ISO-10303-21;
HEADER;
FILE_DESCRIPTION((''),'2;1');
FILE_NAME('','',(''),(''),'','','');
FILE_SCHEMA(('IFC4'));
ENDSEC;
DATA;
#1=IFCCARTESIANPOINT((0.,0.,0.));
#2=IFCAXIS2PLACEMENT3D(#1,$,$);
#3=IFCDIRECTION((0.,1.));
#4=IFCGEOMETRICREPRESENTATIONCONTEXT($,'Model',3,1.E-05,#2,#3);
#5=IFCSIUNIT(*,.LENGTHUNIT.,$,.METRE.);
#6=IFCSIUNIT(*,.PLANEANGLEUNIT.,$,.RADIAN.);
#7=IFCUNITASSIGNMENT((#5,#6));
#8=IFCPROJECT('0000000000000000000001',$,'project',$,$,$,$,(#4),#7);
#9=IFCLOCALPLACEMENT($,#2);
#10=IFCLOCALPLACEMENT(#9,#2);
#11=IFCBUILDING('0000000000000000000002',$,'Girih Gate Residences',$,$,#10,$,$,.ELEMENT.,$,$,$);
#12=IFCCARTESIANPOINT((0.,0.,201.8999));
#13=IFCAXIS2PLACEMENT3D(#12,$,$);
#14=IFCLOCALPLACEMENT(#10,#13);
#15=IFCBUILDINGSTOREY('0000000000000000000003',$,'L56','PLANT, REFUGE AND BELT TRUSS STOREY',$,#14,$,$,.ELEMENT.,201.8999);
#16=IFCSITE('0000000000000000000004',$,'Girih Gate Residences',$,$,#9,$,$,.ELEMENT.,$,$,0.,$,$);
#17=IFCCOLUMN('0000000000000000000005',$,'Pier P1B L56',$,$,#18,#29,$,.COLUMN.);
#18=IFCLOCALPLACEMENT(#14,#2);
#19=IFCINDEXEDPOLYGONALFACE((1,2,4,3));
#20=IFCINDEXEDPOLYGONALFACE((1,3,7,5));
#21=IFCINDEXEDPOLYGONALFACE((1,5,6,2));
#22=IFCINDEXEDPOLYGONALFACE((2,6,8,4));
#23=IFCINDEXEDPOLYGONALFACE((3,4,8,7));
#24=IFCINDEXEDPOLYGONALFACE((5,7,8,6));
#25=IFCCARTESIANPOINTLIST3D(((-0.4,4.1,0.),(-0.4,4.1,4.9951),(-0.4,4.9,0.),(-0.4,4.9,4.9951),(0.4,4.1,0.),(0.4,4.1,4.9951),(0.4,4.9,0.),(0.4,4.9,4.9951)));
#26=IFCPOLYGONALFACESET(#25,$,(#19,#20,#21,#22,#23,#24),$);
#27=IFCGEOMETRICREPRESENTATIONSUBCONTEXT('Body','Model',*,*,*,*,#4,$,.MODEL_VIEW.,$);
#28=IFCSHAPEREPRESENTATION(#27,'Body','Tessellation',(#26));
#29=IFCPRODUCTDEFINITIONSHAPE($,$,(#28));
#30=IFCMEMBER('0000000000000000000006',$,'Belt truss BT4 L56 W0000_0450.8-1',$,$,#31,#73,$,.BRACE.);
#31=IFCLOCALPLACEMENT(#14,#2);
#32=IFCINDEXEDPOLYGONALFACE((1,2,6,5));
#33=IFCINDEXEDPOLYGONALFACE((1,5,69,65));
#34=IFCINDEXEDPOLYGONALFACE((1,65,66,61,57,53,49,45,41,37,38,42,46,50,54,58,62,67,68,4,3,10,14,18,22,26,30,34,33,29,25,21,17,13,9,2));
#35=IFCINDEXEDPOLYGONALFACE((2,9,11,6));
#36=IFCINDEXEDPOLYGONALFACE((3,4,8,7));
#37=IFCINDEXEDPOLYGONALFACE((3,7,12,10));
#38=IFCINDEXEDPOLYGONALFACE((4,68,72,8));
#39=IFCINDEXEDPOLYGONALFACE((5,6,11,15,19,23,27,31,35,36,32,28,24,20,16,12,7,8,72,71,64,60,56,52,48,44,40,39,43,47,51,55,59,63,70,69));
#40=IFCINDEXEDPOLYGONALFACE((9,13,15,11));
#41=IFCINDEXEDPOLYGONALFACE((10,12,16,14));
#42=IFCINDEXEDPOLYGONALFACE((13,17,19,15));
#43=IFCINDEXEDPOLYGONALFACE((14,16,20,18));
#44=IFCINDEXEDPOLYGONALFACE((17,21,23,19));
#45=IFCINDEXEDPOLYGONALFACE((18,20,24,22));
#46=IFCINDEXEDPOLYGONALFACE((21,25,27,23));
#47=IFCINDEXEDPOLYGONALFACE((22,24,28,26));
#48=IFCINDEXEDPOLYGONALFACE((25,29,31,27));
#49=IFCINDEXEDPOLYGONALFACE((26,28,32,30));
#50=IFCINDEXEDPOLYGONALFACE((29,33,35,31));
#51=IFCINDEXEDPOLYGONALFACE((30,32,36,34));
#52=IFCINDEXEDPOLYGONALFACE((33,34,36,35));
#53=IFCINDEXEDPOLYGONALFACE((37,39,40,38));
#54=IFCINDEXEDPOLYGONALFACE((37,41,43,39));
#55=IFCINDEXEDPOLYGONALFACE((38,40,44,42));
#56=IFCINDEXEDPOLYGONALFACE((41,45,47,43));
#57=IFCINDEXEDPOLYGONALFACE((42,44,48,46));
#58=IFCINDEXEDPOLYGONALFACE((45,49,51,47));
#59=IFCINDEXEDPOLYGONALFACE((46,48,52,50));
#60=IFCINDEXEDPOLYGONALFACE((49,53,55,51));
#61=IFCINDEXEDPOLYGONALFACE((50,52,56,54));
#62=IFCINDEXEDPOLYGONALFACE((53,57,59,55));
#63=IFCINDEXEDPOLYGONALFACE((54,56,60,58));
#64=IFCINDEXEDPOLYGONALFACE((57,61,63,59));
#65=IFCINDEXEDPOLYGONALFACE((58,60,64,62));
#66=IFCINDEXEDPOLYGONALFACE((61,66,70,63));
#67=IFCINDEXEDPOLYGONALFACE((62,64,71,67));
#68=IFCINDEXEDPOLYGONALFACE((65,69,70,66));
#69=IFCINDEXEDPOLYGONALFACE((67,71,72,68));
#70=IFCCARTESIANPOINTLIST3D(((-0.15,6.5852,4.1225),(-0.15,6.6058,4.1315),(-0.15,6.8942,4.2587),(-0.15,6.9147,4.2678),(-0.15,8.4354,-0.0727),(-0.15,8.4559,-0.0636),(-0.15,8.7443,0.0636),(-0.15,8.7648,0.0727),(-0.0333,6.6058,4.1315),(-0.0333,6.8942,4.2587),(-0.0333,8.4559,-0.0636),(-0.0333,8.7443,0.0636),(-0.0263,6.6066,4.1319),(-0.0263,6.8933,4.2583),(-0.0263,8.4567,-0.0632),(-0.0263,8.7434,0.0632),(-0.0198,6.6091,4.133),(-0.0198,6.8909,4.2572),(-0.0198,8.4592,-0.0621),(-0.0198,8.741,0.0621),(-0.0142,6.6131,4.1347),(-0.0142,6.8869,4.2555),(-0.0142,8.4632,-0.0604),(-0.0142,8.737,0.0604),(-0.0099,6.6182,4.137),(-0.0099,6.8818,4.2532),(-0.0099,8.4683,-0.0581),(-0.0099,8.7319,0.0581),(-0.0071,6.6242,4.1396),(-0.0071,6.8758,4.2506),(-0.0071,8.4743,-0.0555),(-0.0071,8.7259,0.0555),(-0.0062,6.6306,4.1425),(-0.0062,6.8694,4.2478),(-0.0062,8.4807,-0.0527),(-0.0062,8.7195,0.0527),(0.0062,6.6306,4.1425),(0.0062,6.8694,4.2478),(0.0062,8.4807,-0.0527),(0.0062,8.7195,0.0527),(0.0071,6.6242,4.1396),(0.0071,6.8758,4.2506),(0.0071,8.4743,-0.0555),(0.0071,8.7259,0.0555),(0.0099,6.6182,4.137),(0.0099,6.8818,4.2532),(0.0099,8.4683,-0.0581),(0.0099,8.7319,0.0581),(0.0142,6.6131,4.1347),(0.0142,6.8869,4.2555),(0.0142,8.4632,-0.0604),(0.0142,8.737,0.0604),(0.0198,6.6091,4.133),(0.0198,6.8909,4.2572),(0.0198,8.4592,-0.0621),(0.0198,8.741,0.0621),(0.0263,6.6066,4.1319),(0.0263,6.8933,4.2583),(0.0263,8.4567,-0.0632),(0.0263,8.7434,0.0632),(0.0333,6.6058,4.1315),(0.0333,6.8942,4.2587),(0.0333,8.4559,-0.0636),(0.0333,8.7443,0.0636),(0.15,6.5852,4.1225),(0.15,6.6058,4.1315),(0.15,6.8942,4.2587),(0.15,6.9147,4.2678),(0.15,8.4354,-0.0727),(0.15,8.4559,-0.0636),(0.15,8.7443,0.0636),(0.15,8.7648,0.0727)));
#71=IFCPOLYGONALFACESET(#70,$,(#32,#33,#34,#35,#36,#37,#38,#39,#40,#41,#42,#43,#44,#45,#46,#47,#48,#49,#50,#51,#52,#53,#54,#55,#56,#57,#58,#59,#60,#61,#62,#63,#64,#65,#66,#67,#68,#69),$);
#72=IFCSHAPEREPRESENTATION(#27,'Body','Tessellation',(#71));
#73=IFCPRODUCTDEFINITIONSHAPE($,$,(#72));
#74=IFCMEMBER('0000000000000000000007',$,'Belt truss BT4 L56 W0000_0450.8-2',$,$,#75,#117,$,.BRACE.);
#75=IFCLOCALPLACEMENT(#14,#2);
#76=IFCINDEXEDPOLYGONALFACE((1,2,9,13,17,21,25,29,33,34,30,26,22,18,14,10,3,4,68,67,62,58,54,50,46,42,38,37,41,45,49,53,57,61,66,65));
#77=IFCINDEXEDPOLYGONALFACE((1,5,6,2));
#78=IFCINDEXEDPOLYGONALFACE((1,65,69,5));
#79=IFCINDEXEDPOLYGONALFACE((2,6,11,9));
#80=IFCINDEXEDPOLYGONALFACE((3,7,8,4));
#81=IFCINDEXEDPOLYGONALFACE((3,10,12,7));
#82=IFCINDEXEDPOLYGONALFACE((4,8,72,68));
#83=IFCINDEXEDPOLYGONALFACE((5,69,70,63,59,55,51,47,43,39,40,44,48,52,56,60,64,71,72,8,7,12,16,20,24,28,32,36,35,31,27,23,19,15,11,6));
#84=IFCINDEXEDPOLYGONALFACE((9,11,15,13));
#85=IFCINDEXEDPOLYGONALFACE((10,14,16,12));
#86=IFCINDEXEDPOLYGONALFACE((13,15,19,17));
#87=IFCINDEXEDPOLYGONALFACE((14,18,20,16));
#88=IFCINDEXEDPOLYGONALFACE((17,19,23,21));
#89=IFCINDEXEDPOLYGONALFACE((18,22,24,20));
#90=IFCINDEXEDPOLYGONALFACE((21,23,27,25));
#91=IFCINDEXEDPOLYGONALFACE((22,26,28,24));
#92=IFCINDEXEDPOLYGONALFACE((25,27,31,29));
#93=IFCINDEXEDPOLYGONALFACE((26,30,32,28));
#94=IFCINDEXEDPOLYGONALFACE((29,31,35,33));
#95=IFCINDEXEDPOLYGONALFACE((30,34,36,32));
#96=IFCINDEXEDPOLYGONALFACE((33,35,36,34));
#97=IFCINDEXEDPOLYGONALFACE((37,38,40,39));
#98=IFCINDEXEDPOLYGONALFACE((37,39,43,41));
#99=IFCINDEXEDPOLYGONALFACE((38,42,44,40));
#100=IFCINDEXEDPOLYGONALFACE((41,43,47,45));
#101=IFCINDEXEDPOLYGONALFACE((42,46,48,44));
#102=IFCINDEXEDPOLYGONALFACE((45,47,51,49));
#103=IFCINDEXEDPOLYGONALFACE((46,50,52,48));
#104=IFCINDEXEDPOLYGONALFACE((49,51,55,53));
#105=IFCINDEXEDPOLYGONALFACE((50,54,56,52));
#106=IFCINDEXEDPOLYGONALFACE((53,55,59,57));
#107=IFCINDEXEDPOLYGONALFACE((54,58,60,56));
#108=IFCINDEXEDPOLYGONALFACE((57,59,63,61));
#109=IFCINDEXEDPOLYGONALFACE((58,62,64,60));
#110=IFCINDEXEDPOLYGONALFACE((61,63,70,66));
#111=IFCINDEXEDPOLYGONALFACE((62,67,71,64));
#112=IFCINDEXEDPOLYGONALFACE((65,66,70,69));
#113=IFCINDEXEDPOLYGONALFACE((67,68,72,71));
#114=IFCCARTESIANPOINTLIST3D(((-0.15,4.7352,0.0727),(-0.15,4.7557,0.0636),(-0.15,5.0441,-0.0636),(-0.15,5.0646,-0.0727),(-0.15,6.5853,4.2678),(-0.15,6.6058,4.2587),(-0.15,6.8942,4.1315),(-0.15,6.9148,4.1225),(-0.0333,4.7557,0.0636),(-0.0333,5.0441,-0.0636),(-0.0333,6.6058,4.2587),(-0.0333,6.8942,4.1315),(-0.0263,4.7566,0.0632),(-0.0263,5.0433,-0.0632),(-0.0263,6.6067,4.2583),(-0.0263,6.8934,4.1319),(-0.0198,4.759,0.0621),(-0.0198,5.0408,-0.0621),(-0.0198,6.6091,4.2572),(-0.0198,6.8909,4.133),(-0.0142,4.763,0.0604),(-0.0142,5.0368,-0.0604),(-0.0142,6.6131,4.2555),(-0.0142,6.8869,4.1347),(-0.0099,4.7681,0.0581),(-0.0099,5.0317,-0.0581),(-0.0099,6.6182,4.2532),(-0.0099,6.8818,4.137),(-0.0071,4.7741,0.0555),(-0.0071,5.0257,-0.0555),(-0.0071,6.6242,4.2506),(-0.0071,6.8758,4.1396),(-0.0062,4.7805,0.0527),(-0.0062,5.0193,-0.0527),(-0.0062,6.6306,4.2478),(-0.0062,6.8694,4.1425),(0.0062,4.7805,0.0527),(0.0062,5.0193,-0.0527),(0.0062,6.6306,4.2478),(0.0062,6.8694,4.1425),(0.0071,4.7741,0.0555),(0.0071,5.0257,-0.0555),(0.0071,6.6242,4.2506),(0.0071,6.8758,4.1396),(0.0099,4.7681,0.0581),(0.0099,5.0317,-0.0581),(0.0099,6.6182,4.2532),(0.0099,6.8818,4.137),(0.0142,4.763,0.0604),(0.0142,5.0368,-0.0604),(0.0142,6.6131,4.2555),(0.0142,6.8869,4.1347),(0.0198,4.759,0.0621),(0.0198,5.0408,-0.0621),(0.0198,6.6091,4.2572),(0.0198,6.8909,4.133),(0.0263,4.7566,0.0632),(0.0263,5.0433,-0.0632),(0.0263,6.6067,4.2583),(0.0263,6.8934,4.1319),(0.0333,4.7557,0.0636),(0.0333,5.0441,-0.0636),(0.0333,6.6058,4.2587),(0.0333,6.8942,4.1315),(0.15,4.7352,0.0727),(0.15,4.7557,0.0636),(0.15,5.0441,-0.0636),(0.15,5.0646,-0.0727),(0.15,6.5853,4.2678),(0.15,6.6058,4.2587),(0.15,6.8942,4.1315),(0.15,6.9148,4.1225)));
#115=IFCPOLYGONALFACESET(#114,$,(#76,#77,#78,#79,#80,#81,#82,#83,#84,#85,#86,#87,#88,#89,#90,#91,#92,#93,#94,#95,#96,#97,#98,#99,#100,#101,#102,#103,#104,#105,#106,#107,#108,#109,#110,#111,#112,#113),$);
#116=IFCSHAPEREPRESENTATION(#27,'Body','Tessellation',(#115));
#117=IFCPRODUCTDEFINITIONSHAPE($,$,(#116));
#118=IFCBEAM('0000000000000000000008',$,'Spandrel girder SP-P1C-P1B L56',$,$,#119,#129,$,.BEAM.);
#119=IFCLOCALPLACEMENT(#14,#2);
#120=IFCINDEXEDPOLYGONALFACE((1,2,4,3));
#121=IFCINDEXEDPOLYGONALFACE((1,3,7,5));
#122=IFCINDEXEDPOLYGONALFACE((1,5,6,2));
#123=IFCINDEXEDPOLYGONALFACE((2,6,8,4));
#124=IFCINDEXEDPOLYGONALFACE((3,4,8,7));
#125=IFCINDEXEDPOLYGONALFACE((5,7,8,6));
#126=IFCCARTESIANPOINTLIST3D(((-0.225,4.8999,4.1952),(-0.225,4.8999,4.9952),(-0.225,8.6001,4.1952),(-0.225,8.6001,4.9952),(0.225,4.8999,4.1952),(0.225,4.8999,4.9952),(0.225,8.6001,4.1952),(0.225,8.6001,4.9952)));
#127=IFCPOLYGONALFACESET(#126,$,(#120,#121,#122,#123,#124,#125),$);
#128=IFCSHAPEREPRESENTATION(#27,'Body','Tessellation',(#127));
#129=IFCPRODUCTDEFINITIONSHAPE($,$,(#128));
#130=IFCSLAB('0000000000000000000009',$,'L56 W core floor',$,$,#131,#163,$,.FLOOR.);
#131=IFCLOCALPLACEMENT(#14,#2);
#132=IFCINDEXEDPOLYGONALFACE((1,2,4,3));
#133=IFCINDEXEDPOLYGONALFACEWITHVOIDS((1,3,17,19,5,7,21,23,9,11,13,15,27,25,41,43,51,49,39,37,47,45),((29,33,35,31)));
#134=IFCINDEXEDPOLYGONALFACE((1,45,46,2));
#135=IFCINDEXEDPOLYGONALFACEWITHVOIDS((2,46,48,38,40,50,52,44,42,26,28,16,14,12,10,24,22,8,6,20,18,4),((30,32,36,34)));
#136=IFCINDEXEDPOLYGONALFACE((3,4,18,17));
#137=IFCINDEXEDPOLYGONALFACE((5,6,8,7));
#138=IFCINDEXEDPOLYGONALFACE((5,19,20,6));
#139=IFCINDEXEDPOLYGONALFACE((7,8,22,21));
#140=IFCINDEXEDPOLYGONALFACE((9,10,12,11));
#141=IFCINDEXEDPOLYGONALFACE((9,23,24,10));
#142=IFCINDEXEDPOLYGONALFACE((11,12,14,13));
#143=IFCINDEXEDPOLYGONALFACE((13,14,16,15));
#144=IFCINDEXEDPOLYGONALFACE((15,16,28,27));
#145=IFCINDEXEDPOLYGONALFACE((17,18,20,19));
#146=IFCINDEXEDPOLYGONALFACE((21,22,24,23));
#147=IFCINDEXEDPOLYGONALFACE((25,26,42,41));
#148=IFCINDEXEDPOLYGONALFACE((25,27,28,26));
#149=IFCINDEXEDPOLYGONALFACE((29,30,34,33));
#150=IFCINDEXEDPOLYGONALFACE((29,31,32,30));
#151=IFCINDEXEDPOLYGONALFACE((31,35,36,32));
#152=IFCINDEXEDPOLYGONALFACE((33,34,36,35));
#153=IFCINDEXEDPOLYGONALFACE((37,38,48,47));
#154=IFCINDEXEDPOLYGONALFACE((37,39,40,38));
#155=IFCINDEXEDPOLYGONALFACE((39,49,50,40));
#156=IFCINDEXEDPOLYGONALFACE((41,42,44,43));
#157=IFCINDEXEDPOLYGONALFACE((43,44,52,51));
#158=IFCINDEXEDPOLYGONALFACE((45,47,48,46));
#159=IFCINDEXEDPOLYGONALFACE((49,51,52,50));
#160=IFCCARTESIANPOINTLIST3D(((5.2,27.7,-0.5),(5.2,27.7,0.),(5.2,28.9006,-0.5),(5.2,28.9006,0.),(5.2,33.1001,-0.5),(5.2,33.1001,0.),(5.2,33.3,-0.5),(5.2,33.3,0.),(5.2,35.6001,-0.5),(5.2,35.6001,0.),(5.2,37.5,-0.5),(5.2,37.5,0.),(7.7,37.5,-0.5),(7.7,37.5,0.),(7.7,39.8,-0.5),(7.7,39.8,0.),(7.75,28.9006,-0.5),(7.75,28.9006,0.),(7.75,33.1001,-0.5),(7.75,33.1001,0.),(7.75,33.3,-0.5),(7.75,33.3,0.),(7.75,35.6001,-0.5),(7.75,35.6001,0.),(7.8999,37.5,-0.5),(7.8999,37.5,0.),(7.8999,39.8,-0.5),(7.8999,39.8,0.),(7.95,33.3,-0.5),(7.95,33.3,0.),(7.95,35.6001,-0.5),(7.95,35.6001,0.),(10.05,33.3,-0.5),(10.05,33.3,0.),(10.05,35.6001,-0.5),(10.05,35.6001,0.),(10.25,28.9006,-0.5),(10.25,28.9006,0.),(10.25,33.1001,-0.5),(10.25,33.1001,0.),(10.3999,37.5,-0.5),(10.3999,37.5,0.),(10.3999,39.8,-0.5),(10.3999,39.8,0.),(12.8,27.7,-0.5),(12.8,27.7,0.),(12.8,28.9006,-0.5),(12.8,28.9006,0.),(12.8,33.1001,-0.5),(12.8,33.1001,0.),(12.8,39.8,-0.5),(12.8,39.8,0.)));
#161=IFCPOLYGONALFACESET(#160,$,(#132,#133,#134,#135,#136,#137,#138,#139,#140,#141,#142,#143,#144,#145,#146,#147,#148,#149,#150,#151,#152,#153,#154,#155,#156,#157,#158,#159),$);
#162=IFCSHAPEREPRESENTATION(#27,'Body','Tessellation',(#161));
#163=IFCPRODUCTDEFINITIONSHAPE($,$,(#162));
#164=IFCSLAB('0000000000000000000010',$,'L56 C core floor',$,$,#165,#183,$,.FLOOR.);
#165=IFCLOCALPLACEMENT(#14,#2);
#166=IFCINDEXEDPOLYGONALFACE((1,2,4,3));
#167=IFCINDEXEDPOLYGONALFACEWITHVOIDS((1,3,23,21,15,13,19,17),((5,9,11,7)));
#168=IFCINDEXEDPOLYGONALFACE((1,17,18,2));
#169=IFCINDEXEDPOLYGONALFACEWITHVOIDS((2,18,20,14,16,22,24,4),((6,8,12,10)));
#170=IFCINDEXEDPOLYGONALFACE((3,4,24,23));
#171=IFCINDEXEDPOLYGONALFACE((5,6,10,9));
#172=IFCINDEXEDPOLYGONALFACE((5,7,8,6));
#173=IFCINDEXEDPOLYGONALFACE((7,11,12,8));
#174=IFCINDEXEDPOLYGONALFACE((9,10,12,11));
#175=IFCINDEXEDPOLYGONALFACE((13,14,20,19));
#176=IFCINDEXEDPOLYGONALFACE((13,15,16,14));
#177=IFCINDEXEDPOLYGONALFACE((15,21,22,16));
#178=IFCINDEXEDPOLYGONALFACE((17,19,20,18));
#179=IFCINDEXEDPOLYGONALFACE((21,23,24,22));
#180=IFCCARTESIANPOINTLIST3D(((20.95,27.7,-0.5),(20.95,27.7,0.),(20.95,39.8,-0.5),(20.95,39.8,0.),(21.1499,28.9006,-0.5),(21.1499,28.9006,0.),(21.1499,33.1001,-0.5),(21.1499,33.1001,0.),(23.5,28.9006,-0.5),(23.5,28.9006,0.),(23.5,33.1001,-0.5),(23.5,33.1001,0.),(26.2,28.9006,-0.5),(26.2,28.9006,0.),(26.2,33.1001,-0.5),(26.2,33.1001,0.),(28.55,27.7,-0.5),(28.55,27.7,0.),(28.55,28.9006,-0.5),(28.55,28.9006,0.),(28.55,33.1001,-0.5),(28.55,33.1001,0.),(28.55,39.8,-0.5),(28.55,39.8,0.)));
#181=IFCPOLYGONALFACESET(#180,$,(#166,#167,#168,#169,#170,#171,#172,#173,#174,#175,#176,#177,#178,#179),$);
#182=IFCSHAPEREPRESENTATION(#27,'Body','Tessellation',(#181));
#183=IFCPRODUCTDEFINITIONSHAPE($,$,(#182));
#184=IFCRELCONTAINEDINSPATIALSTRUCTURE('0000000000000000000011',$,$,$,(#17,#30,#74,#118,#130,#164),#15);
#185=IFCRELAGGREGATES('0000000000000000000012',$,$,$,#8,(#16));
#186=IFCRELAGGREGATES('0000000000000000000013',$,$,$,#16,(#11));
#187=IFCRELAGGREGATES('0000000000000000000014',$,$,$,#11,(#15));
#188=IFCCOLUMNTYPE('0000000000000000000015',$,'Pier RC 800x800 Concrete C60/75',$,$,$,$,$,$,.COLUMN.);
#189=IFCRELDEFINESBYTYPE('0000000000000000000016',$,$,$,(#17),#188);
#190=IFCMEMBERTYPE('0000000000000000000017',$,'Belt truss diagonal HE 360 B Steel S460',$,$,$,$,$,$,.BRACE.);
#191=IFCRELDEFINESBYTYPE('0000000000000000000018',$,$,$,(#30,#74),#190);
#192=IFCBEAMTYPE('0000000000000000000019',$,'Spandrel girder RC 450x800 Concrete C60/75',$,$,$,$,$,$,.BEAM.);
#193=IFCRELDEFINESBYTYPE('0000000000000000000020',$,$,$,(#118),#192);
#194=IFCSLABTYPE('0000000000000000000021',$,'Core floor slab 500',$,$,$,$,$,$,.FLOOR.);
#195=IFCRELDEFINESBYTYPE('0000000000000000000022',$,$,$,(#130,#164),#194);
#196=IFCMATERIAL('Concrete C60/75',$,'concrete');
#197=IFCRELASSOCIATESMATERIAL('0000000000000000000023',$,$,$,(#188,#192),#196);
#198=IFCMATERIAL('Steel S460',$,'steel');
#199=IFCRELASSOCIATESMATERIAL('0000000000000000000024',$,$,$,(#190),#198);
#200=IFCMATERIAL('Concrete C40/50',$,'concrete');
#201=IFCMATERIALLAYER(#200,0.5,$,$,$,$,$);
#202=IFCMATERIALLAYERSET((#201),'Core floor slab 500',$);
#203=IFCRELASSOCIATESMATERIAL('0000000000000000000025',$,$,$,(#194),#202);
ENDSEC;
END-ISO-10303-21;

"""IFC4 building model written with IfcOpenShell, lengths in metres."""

from ifc_helpers import new_model, si_unit, direction, frame, origin, origin_2d, place, context, subcontext, project, spatial, polyline, rectangle, i_section, outline, extrude, material, layer, layer_set, material_profile, profile_set, type_object, element, save


model = new_model("IFC4")

# Units and contexts
model_context = context("Model", 3, precision=1e-05, world=origin(), true_north=direction((0.0, 1.0)))
body_context = subcontext(model_context, "Body", "Model", "MODEL_VIEW")
ifc_project = project(units=[si_unit("LENGTHUNIT", "METRE"), si_unit("PLANEANGLEUNIT", "RADIAN")], contexts=[model_context])

# Site, building, storey
site_placement = place(None, origin())
site = spatial("IfcSite", under=ifc_project, at=site_placement, Name="Girih Gate Residences", CompositionType="ELEMENT", RefElevation=0.0)
building_placement = place(site_placement, origin())
building = spatial("IfcBuilding", under=site, at=building_placement, Name="Girih Gate Residences", CompositionType="ELEMENT")
storey_placement = place(building_placement, frame((0.0, 0.0, 201.8999)))
storey = spatial("IfcBuildingStorey", under=building, at=storey_placement, Name="L56", Description="PLANT, REFUGE AND BELT TRUSS STOREY", CompositionType="ELEMENT", Elevation=201.8999)

# Column
ifc_material_1 = material(Name="Concrete C60/75", Category="concrete")
ifc_material_profile_1 = material_profile(ifc_material_1, rectangle(XDim=0.8, YDim=0.8, at=origin_2d()))
ifc_profile_set_1 = profile_set([ifc_material_profile_1], Name="Concrete C60/75")
column_type = type_object("IfcColumnType", Name="Pier RC 800x800 Concrete C60/75", PredefinedType="COLUMN", material=ifc_profile_set_1)
column_placement = place(storey_placement, frame((0.0, 4.5, 0.0), z_axis=(0.0, 0.0, 1.0), x_axis=(1.0, 0.0, 0.0)))
element("IfcColumn", 1, at=column_placement, inside=storey, type_object=column_type, Name="Pier P1B L56", PredefinedType="COLUMN", context=body_context, shape_type="SweptSolid", body=[
    extrude(rectangle(XDim=0.8, YDim=0.8, at=origin_2d()), origin(), (0.0, 0.0, 1.0), 4.9951),
])

# Members
ifc_material_2 = material(Name="Steel S460", Category="steel")
ifc_material_profile_2 = material_profile(ifc_material_2, i_section(OverallWidth=0.3, OverallDepth=0.3601, WebThickness=0.0125, FlangeThickness=0.0225, FilletRadius=0.0271, at=origin_2d()))
ifc_profile_set_2 = profile_set([ifc_material_profile_2], Name="Steel S460")
member_type = type_object("IfcMemberType", Name="Belt truss diagonal HE 360 B Steel S460", PredefinedType="BRACE", material=ifc_profile_set_2)
for number, where, z_axis, x_axis, name in (
    (2, (0.0, 8.6001, 0.0), (0.0, -0.403518, 0.914972), (1.0, 0.0, 0.0), "Belt truss BT4 L56 W0000_0450.8-1"),
    (3, (0.0, 4.8999, 0.0), (0.0, 0.403518, 0.914972), (-1.0, 0.0, 0.0), "Belt truss BT4 L56 W0000_0450.8-2"),
):
    element("IfcMember", number, at=place(storey_placement, frame(where, z_axis=z_axis, x_axis=x_axis)), inside=storey, type_object=member_type, Name=name, PredefinedType="BRACE", context=body_context, shape_type="SweptSolid", body=[
        extrude(i_section(OverallWidth=0.3, OverallDepth=0.3601, WebThickness=0.0125, FlangeThickness=0.0225, FilletRadius=0.0271, at=origin_2d()), origin(), (0.0, 0.0, 1.0), 4.585),
    ])

# Beam
ifc_material_profile_3 = material_profile(ifc_material_1, rectangle(XDim=0.45, YDim=0.8, at=origin_2d()))
ifc_profile_set_3 = profile_set([ifc_material_profile_3], Name="Concrete C60/75")
beam_type = type_object("IfcBeamType", Name="Spandrel girder RC 450x800 Concrete C60/75", PredefinedType="BEAM", material=ifc_profile_set_3)
beam_placement = place(storey_placement, frame((0.0, 8.6001, 4.5952), z_axis=(0.0, -1.0, 0.0), x_axis=(1.0, 0.0, 0.0)))
element("IfcBeam", 4, at=beam_placement, inside=storey, type_object=beam_type, Name="Spandrel girder SP-P1C-P1B L56", PredefinedType="BEAM", context=body_context, shape_type="SweptSolid", body=[
    extrude(rectangle(XDim=0.45, YDim=0.8, at=origin_2d()), origin(), (0.0, 0.0, 1.0), 3.7002),
])

# Slabs
ifc_material_3 = material(Name="Concrete C40/50", Category="concrete")
ifc_layer_1 = layer(ifc_material_3, 0.5)
ifc_layer_set_1 = layer_set([ifc_layer_1], Name="Core floor slab 500")
slab_type_1 = type_object("IfcSlabType", Name="Core floor slab 500", PredefinedType="FLOOR", material=ifc_layer_set_1)
slab_1_placement = place(storey_placement, frame((0.0, 0.0, -0.5)))
element("IfcSlab", 5, at=slab_1_placement, inside=storey, type_object=slab_type_1, Name="L56 W core floor", PredefinedType="FLOOR", context=body_context, shape_type="SweptSolid", body=[
    extrude(outline(polyline([(12.8, 27.7), (5.2, 27.7), (5.2, 28.9006), (7.75, 28.9006), (7.75, 33.1001), (5.2, 33.1001), (5.2, 33.3), (7.75, 33.3), (7.75, 35.6001), (5.2, 35.6001), (5.2, 37.5), (7.7, 37.5), (7.7, 39.8), (7.8999, 39.8), (7.8999, 37.5), (10.3999, 37.5), (10.3999, 39.8), (12.8, 39.8), (12.8, 33.1001), (10.25, 33.1001), (10.25, 28.9006), (12.8, 28.9006), (12.8, 27.7)]), holes=[polyline([(7.95, 33.3), (10.05, 33.3), (10.05, 35.6001), (7.95, 35.6001), (7.95, 33.3)])]), origin(), (0.0, 0.0, 1.0), 0.5),
])
slab_2_placement = place(storey_placement, frame((0.0, 0.0, -0.5)))
element("IfcSlab", 6, at=slab_2_placement, inside=storey, type_object=slab_type_1, Name="L56 C core floor", PredefinedType="FLOOR", context=body_context, shape_type="SweptSolid", body=[
    extrude(outline(polyline([(28.55, 27.7), (20.95, 27.7), (20.95, 39.8), (28.55, 39.8), (28.55, 33.1001), (26.2, 33.1001), (26.2, 28.9006), (28.55, 28.9006), (28.55, 27.7)]), holes=[polyline([(23.5, 28.9006), (23.5, 33.1001), (21.1499, 33.1001), (21.1499, 28.9006), (23.5, 28.9006)])]), origin(), (0.0, 0.0, 1.0), 0.5),
])

save(model, "model.ifc")
